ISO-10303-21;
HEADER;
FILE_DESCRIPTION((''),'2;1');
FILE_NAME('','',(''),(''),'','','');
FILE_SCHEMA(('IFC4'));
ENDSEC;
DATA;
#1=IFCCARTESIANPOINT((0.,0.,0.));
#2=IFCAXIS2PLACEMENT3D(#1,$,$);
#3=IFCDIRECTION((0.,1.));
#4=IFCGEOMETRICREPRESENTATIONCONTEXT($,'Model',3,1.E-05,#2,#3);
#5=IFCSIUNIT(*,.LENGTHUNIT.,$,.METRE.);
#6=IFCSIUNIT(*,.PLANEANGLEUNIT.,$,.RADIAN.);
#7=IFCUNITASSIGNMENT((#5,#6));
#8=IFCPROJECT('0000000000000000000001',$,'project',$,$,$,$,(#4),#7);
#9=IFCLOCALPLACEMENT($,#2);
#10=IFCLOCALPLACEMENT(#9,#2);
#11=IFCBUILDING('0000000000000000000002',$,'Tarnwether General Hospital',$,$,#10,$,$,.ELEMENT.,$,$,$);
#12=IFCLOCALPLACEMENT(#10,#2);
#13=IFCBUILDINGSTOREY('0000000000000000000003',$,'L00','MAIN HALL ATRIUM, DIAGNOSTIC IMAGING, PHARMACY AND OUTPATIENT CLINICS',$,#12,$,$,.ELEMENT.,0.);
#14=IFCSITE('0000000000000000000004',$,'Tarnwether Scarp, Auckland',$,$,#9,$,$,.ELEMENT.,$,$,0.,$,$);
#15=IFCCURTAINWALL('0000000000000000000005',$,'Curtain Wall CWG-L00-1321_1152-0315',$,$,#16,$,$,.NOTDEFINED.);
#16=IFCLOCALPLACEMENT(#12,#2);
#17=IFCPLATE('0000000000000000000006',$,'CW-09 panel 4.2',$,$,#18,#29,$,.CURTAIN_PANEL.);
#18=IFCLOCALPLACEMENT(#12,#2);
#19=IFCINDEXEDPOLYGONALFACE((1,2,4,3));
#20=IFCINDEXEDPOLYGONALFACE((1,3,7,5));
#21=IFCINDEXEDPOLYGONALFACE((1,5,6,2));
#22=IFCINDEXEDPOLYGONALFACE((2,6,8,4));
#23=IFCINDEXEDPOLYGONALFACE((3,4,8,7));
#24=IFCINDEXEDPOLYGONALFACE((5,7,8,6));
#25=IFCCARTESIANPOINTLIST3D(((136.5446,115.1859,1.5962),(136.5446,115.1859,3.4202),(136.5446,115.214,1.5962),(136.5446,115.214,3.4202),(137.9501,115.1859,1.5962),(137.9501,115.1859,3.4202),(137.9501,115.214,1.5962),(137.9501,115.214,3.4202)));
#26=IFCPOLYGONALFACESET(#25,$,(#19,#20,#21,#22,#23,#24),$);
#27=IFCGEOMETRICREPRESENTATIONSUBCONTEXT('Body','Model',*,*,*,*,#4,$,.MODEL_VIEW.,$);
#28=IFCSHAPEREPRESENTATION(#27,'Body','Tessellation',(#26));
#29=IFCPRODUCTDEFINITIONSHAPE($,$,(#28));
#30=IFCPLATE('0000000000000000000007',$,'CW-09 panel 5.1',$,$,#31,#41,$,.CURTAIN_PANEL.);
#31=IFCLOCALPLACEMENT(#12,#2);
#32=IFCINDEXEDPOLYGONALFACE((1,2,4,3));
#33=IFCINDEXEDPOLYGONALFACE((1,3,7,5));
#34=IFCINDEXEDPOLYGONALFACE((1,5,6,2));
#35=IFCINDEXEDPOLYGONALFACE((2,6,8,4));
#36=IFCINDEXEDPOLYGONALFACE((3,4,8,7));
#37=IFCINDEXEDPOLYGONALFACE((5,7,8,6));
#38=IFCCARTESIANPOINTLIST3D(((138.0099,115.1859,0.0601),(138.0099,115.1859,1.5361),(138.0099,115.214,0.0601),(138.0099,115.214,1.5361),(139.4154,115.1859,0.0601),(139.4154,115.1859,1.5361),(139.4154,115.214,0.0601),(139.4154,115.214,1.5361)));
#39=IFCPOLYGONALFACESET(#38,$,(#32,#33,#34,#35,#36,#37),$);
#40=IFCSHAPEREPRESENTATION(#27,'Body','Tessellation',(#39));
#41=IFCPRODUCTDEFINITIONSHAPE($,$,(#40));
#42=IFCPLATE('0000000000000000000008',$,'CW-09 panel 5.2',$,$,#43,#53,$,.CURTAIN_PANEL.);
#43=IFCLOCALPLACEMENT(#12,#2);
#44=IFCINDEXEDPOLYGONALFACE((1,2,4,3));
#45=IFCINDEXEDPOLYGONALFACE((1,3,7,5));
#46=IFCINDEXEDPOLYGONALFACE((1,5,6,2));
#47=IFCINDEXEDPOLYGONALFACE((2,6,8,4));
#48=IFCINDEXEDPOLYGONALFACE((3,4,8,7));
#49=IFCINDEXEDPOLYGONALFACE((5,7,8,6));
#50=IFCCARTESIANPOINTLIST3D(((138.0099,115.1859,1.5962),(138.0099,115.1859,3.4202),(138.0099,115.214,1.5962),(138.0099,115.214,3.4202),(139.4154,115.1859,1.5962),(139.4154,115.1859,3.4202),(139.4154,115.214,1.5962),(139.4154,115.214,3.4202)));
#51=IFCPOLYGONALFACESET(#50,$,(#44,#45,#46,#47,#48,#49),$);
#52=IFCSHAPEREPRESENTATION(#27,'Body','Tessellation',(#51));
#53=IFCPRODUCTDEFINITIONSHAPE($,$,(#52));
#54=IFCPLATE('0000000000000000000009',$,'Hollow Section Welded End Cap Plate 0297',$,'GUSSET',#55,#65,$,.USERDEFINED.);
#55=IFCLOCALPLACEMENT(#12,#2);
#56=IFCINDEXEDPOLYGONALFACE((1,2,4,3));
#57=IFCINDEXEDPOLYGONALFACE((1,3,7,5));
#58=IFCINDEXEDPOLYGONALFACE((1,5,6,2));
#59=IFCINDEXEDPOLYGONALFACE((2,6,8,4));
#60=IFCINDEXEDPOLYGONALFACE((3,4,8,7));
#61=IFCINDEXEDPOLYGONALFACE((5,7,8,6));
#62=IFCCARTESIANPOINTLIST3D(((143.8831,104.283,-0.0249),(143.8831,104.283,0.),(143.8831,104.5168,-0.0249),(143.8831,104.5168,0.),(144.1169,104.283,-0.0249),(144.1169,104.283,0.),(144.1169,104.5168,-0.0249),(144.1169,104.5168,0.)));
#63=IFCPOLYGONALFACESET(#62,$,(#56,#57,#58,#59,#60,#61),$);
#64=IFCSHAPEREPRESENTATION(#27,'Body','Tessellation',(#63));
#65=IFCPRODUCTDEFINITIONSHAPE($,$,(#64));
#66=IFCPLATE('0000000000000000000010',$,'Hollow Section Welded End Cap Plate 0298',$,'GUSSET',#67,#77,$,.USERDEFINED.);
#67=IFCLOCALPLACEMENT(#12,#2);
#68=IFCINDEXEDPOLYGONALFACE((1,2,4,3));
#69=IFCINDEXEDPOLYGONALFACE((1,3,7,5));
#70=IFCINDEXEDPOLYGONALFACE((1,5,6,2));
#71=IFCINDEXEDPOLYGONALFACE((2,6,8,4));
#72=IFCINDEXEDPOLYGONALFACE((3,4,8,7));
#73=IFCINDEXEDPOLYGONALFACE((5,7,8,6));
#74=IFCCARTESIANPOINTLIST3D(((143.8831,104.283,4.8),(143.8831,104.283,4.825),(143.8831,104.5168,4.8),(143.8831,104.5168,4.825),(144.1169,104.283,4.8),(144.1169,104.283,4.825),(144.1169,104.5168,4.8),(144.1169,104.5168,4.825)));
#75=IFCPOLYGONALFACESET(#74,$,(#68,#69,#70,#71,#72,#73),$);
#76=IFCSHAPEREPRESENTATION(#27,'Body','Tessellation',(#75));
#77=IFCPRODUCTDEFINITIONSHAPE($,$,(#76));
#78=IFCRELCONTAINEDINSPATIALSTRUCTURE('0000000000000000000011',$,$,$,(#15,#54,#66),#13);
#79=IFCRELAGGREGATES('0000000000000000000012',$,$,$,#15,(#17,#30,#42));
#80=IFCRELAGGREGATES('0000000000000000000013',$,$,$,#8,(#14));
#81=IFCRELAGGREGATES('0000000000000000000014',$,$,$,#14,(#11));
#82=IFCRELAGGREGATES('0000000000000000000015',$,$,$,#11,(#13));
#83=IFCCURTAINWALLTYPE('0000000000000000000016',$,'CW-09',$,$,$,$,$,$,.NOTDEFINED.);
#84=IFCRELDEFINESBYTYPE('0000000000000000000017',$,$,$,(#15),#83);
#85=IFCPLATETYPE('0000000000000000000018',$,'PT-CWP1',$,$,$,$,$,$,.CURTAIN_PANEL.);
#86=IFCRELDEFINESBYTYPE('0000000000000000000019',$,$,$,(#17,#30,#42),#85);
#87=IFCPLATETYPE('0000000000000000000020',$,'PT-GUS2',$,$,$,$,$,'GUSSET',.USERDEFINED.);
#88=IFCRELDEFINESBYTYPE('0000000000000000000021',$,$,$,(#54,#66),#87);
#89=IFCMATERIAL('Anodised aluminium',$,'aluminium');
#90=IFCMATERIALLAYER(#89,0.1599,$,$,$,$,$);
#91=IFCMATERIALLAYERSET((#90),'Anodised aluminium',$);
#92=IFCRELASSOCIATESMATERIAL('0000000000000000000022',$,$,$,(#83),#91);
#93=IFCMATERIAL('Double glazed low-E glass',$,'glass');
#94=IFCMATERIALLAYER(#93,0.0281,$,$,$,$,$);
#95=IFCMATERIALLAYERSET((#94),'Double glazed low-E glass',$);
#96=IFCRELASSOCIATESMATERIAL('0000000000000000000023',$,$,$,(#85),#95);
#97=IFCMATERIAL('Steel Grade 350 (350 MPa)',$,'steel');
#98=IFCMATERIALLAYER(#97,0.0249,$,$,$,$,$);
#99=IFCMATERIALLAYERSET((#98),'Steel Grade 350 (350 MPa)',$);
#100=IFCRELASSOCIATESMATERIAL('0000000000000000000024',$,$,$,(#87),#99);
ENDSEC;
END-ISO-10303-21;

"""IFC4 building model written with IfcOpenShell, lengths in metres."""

from ifc_helpers import new_model, si_unit, direction, frame, origin, origin_2d, place, context, subcontext, project, spatial, rectangle, extrude, material, layer, layer_set, type_object, element, aggregate, save


model = new_model("IFC4")

# Units and contexts
model_context = context("Model", 3, precision=1e-05, world=origin(), true_north=direction((0.0, 1.0)))
body_context = subcontext(model_context, "Body", "Model", "MODEL_VIEW")
ifc_project = project(units=[si_unit("LENGTHUNIT", "METRE"), si_unit("PLANEANGLEUNIT", "RADIAN")], contexts=[model_context])

# Site, building, storey
site_placement = place(None, origin())
site = spatial("IfcSite", under=ifc_project, at=site_placement, Name="Tarnwether Scarp, Auckland", CompositionType="ELEMENT", RefElevation=0.0)
building_placement = place(site_placement, origin())
building = spatial("IfcBuilding", under=site, at=building_placement, Name="Tarnwether General Hospital", CompositionType="ELEMENT")
storey_placement = place(building_placement, origin())
storey = spatial("IfcBuildingStorey", under=building, at=storey_placement, Name="L00", Description="MAIN HALL ATRIUM, DIAGNOSTIC IMAGING, PHARMACY AND OUTPATIENT CLINICS", CompositionType="ELEMENT", Elevation=0.0)

# Curtain wall, plates
ifc_material_1 = material(Name="Anodised aluminium", Category="aluminium")
ifc_layer_1 = layer(ifc_material_1, 0.1599)
ifc_layer_set_1 = layer_set([ifc_layer_1], Name="Anodised aluminium")
curtain_wall_type = type_object("IfcCurtainWallType", Name="CW-09", PredefinedType="NOTDEFINED", material=ifc_layer_set_1)
curtain_wall_placement = place(storey_placement, origin())
curtain_wall = element("IfcCurtainWall", 1, at=curtain_wall_placement, inside=storey, type_object=curtain_wall_type, Name="Curtain Wall CWG-L00-1321_1152-0315", PredefinedType="NOTDEFINED")
ifc_material_2 = material(Name="Double glazed low-E glass", Category="glass")
ifc_layer_2 = layer(ifc_material_2, 0.0281)
ifc_layer_set_2 = layer_set([ifc_layer_2], Name="Double glazed low-E glass")
plate_type_1 = type_object("IfcPlateType", Name="PT-CWP1", PredefinedType="CURTAIN_PANEL", material=ifc_layer_set_2)
plate_1_placement = place(storey_placement, frame((137.2473, 115.2, 1.5962), z_axis=(0.0, 0.0, 1.0), x_axis=(1.0, 0.0, 0.0)))
plate_1 = element("IfcPlate", 2, at=plate_1_placement, type_object=plate_type_1, Name="CW-09 panel 4.2", PredefinedType="CURTAIN_PANEL", context=body_context, shape_type="SweptSolid", body=[
    extrude(rectangle(XDim=1.4055, YDim=0.0281, at=origin_2d()), origin(), (0.0, 0.0, 1.0), 1.824),
])
plate_2_placement = place(storey_placement, frame((138.7126, 115.2, 0.0601), z_axis=(0.0, 0.0, 1.0), x_axis=(1.0, 0.0, 0.0)))
plate_2 = element("IfcPlate", 3, at=plate_2_placement, type_object=plate_type_1, Name="CW-09 panel 5.1", PredefinedType="CURTAIN_PANEL", context=body_context, shape_type="SweptSolid", body=[
    extrude(rectangle(XDim=1.4055, YDim=0.0281, at=origin_2d()), origin(), (0.0, 0.0, 1.0), 1.4761),
])
plate_3_placement = place(storey_placement, frame((138.7126, 115.2, 1.5962), z_axis=(0.0, 0.0, 1.0), x_axis=(1.0, 0.0, 0.0)))
plate_3 = element("IfcPlate", 4, at=plate_3_placement, type_object=plate_type_1, Name="CW-09 panel 5.2", PredefinedType="CURTAIN_PANEL", context=body_context, shape_type="SweptSolid", body=[
    extrude(rectangle(XDim=1.4055, YDim=0.0281, at=origin_2d()), origin(), (0.0, 0.0, 1.0), 1.824),
])
aggregate(curtain_wall, [plate_1, plate_2, plate_3])

# Plates
ifc_material_3 = material(Name="Steel Grade 350 (350 MPa)", Category="steel")
ifc_layer_3 = layer(ifc_material_3, 0.0249)
ifc_layer_set_3 = layer_set([ifc_layer_3], Name="Steel Grade 350 (350 MPa)")
plate_type_2 = type_object("IfcPlateType", Name="PT-GUS2", ElementType="GUSSET", PredefinedType="USERDEFINED", material=ifc_layer_set_3)
for number, where, z_axis, x_axis, name in (
    (5, (144.0, 104.3999, -0.0249), (0.0, 0.0, 1.0), (1.0, 0.0, 0.0), "Hollow Section Welded End Cap Plate 0297"),
    (6, (144.0, 104.3999, 4.8), (0.0, 0.0, 1.0), (1.0, 0.0, 0.0), "Hollow Section Welded End Cap Plate 0298"),
):
    element("IfcPlate", number, at=place(storey_placement, frame(where, z_axis=z_axis, x_axis=x_axis)), inside=storey, type_object=plate_type_2, Name=name, ObjectType="GUSSET", PredefinedType="USERDEFINED", context=body_context, shape_type="SweptSolid", body=[
        extrude(rectangle(XDim=0.2339, YDim=0.2339, at=origin_2d()), origin(), (0.0, 0.0, 1.0), 0.0249),
    ])

save(model, "model.ifc")
